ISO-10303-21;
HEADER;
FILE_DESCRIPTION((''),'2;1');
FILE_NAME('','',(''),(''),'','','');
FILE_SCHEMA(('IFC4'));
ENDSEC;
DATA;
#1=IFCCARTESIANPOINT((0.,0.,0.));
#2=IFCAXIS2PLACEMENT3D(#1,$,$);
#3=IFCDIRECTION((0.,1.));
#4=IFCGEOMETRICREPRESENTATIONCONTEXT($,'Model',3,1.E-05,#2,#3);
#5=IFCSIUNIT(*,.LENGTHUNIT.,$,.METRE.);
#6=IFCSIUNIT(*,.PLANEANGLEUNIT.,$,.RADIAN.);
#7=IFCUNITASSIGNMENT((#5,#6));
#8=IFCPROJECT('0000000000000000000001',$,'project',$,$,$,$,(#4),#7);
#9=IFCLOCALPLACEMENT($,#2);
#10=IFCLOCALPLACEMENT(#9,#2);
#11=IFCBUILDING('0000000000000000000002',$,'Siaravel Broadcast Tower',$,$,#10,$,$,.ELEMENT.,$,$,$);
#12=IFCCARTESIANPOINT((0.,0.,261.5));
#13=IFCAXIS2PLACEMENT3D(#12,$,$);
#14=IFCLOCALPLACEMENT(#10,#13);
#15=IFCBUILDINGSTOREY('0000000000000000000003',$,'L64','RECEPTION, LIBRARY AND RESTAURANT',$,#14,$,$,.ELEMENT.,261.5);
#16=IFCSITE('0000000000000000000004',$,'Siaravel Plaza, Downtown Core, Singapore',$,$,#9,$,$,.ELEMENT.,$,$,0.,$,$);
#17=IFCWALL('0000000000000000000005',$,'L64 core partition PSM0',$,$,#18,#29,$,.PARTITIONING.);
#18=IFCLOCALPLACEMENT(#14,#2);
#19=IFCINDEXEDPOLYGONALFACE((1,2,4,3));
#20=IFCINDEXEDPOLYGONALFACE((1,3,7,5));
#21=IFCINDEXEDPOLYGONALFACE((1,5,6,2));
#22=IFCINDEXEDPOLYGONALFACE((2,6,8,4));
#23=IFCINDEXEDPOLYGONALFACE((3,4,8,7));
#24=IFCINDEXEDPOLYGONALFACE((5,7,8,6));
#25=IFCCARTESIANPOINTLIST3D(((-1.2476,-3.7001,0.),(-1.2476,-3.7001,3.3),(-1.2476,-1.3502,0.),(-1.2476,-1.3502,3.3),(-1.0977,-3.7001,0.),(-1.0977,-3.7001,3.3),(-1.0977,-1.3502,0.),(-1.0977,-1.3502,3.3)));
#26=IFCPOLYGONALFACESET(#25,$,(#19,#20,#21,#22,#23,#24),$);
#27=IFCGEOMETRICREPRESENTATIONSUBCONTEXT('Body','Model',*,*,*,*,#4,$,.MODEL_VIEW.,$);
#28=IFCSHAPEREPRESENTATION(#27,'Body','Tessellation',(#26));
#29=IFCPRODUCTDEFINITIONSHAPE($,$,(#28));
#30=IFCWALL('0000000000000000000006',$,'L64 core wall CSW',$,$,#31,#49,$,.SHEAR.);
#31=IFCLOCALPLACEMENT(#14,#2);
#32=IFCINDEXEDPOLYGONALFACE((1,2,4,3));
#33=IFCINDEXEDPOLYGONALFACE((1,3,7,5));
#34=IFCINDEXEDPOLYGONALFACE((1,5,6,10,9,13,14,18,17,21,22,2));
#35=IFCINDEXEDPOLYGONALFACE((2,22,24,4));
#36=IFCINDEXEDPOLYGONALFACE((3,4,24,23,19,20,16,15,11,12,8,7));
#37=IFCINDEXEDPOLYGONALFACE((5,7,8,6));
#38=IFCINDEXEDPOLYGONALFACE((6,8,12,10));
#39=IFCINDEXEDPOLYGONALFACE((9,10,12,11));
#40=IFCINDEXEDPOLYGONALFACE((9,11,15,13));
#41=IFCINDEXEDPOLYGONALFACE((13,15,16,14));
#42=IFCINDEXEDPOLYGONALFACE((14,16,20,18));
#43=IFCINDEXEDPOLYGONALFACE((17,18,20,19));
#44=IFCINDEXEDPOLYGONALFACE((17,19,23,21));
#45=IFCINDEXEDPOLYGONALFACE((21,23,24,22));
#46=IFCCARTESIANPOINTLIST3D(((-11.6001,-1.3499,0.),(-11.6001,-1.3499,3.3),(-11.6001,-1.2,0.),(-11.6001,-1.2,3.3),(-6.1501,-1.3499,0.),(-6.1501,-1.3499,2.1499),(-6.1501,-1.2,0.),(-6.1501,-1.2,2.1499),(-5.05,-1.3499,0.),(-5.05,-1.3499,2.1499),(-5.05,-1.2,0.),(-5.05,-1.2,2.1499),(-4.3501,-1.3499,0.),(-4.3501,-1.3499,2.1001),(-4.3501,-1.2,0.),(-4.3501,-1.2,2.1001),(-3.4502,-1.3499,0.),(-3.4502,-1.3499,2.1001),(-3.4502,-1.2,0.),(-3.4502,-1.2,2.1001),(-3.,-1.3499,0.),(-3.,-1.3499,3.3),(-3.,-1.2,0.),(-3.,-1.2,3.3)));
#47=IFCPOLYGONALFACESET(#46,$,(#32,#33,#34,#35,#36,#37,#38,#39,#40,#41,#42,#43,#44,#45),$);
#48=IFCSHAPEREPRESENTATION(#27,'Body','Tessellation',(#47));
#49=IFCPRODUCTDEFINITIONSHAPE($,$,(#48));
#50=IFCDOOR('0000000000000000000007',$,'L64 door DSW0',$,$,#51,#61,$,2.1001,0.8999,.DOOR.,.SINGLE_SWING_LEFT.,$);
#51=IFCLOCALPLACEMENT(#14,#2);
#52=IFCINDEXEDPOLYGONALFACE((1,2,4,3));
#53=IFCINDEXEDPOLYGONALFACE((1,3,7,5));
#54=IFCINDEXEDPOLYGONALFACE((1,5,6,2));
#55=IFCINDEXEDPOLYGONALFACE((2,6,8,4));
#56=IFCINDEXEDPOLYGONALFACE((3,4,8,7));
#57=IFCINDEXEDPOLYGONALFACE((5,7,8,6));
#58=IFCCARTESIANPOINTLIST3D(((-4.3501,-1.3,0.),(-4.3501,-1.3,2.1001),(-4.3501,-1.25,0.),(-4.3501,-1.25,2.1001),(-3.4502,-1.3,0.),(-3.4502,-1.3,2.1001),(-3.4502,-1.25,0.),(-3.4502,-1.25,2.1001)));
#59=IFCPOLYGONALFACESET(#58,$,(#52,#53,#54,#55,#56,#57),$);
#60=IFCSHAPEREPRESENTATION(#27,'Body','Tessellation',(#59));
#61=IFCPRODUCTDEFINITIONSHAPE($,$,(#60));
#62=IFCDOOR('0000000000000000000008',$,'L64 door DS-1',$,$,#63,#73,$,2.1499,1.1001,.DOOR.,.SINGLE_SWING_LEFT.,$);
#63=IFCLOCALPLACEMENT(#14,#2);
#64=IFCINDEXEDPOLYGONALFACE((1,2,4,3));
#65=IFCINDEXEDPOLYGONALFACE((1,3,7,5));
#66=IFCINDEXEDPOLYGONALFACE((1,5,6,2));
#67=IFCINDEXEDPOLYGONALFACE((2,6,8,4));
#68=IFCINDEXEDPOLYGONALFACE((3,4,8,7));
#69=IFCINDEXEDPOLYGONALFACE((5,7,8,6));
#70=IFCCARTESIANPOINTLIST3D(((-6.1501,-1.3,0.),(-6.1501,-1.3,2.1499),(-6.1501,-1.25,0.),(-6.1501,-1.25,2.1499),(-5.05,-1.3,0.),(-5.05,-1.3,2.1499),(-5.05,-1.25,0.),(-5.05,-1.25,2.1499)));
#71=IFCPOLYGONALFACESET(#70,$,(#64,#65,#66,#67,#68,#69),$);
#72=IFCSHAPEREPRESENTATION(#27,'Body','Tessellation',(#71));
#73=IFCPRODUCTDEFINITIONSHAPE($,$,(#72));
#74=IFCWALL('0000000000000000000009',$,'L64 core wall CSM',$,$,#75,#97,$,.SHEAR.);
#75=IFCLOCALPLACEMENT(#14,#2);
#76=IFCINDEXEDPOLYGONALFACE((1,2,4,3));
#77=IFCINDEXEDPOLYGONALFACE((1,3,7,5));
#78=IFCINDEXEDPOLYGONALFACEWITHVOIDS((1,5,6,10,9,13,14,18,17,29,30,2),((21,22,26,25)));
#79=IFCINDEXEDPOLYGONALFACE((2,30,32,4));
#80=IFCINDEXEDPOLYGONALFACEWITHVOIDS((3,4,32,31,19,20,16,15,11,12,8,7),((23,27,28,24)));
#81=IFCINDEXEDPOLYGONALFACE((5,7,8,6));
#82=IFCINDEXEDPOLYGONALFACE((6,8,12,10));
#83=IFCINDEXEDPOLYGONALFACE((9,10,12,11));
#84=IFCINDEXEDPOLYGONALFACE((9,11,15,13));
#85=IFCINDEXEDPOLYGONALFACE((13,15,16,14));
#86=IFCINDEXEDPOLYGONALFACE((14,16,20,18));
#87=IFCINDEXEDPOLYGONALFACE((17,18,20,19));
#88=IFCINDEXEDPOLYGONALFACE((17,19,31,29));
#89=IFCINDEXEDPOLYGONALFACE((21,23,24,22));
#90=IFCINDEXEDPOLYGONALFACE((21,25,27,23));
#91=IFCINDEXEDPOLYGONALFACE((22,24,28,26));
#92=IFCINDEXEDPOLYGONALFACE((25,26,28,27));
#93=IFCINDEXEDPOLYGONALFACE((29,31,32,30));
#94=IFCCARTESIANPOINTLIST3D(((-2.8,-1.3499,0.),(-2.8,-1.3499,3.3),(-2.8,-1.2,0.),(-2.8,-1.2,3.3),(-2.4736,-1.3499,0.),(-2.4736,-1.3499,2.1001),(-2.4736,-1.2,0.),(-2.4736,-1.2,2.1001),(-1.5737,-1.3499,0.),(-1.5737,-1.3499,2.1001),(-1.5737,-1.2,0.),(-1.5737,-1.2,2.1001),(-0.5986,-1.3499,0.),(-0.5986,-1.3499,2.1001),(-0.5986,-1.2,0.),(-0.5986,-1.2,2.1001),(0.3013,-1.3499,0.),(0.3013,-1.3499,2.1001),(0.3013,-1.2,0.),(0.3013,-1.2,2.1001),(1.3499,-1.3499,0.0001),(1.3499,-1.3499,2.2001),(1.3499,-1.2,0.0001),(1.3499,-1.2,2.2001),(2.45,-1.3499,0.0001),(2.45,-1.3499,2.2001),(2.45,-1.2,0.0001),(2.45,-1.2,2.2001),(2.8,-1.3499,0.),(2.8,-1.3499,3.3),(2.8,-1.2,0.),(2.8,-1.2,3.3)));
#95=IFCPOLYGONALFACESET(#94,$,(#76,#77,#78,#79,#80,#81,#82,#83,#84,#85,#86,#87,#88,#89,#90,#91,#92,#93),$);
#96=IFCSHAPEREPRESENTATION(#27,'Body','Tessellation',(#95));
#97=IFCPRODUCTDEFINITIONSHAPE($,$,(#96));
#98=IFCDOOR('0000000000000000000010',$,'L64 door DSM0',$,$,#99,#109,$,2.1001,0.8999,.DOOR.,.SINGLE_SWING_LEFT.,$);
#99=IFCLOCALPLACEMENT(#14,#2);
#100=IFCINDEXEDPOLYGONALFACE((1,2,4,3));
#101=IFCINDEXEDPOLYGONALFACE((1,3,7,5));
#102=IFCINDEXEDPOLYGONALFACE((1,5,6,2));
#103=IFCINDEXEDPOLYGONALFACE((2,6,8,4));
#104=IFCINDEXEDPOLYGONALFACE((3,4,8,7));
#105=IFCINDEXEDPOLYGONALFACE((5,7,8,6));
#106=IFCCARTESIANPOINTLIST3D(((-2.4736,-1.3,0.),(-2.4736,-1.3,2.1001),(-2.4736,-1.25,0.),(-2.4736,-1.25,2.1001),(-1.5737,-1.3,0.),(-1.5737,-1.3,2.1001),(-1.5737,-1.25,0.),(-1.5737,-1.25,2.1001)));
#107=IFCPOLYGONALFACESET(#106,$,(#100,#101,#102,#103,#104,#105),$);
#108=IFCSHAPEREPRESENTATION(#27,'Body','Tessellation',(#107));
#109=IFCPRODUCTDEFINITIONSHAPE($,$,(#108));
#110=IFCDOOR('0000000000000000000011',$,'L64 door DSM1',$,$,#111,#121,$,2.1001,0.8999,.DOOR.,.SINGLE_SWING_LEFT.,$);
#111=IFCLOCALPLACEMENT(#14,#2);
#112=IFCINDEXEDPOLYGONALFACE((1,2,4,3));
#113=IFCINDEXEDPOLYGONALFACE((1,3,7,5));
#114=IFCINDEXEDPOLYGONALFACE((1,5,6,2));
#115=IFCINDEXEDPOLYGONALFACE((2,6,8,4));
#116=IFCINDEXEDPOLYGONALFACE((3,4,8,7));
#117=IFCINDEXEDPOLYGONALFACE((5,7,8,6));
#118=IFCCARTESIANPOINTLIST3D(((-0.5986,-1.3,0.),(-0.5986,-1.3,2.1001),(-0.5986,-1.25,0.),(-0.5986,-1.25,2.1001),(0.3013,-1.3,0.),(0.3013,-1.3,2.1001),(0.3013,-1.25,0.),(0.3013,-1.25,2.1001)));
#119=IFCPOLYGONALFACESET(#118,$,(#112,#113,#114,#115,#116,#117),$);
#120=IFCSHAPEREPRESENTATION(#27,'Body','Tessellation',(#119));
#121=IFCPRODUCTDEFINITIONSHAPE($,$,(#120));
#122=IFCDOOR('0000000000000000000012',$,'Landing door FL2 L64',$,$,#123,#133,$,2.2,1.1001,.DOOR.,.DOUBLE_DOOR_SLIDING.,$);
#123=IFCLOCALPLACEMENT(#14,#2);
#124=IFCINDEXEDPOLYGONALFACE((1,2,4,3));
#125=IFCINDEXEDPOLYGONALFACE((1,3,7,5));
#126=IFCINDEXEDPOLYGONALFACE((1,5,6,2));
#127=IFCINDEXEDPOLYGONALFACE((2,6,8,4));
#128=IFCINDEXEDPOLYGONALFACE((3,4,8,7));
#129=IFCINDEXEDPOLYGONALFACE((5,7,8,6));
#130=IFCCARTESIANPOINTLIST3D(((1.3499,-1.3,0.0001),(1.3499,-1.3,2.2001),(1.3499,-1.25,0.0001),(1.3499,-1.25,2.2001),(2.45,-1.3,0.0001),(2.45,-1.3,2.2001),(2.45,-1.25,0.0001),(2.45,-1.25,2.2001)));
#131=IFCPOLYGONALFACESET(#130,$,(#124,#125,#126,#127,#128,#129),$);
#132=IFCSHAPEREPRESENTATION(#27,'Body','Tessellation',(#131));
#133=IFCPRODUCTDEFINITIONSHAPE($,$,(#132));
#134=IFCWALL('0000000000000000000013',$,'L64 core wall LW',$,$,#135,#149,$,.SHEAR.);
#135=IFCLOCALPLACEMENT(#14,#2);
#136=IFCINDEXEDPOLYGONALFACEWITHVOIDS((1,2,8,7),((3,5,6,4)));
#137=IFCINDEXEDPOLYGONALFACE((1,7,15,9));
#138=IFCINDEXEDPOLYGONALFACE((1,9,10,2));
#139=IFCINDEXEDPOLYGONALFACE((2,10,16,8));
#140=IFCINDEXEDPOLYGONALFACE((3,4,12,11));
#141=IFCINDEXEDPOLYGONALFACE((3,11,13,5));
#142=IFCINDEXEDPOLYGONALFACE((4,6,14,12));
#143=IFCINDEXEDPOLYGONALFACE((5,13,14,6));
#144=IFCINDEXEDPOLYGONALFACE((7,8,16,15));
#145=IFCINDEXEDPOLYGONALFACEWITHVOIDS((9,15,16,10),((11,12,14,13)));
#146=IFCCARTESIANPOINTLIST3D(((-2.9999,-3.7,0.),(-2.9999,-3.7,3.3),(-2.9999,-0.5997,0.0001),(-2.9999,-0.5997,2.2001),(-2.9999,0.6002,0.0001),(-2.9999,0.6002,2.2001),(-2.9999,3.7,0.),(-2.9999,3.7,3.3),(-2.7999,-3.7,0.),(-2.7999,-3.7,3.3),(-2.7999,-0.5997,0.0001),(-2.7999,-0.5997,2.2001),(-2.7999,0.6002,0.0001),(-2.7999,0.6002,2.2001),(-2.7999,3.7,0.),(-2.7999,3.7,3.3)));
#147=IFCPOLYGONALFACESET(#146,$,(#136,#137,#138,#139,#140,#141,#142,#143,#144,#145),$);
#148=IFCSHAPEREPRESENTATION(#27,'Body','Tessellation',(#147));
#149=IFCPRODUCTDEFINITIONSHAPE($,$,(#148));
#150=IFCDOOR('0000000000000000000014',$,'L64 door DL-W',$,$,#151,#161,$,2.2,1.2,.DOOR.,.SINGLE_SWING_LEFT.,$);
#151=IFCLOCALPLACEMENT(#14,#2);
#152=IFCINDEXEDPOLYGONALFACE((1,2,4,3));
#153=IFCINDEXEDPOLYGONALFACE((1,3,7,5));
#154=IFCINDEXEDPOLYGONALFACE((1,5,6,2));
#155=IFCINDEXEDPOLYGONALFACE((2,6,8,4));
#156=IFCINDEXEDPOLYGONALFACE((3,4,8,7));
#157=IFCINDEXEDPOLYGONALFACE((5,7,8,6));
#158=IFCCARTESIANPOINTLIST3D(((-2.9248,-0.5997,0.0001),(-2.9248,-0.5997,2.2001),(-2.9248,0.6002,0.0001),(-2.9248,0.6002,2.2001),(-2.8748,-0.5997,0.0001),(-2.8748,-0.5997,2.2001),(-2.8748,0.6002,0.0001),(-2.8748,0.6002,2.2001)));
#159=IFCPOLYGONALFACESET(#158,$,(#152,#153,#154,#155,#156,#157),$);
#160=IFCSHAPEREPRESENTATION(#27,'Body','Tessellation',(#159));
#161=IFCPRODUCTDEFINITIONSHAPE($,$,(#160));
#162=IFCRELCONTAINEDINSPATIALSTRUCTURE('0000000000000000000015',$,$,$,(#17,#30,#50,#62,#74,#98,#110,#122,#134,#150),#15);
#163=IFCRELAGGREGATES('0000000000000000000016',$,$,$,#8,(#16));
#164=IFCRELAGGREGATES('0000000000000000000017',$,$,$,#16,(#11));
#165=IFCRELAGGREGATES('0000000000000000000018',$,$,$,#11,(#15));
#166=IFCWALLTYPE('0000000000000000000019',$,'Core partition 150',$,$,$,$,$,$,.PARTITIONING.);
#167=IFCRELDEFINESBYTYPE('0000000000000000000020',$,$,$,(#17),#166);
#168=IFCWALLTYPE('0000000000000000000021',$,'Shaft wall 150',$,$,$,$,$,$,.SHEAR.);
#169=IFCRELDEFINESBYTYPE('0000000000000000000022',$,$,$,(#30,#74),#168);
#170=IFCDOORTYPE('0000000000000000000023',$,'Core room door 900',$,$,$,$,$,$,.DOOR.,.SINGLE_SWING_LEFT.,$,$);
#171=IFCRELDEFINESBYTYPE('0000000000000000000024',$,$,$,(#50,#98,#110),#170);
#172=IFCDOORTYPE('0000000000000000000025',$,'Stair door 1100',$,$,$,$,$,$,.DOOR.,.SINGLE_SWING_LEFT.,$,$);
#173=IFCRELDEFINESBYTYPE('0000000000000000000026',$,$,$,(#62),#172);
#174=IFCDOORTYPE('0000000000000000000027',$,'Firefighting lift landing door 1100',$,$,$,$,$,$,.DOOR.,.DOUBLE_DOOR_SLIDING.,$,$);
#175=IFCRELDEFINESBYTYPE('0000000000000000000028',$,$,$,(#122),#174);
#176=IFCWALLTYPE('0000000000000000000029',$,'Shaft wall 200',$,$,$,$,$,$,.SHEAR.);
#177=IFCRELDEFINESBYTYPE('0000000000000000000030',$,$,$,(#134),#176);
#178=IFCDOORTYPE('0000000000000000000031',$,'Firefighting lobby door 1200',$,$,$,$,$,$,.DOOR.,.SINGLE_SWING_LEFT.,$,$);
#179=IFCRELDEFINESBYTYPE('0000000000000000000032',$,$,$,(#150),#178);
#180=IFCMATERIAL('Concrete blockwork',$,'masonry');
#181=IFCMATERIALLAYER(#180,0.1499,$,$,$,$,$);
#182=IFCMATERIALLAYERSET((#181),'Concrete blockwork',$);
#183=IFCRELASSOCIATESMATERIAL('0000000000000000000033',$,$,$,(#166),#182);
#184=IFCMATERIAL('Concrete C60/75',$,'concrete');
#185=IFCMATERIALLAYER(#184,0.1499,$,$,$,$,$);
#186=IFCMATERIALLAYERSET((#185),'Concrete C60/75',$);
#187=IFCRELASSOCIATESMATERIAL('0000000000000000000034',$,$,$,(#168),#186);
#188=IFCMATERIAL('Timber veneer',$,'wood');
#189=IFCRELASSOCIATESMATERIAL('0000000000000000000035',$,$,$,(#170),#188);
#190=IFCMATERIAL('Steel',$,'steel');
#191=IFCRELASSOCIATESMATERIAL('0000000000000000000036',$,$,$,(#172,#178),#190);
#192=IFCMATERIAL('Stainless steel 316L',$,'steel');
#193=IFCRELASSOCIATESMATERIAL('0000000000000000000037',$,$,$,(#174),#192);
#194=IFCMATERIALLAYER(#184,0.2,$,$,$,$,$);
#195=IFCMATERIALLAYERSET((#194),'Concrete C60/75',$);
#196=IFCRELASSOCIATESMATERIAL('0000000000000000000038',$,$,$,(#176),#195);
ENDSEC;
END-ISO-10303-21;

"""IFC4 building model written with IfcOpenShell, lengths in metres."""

from ifc_helpers import new_model, si_unit, direction, frame, frame_2d, origin, place, context, subcontext, project, spatial, rectangle, extrude, material, layer, layer_set, type_object, element, fill, save


model = new_model("IFC4")

# Units and contexts
model_context = context("Model", 3, precision=1e-05, world=origin(), true_north=direction((0.0, 1.0)))
body_context = subcontext(model_context, "Body", "Model", "MODEL_VIEW")
ifc_project = project(units=[si_unit("LENGTHUNIT", "METRE"), si_unit("PLANEANGLEUNIT", "RADIAN")], contexts=[model_context])

# Site, building, storey
site_placement = place(None, origin())
site = spatial("IfcSite", under=ifc_project, at=site_placement, Name="Siaravel Plaza, Downtown Core, Singapore", CompositionType="ELEMENT", RefElevation=0.0)
building_placement = place(site_placement, origin())
building = spatial("IfcBuilding", under=site, at=building_placement, Name="Siaravel Broadcast Tower", CompositionType="ELEMENT")
storey_placement = place(building_placement, frame((0.0, 0.0, 261.5)))
storey = spatial("IfcBuildingStorey", under=building, at=storey_placement, Name="L64", Description="RECEPTION, LIBRARY AND RESTAURANT", CompositionType="ELEMENT", Elevation=261.5)

# Wall
ifc_material_1 = material(Name="Concrete blockwork", Category="masonry")
ifc_layer_1 = layer(ifc_material_1, 0.1499)
ifc_layer_set_1 = layer_set([ifc_layer_1], Name="Concrete blockwork")
wall_type_1 = type_object("IfcWallType", Name="Core partition 150", PredefinedType="PARTITIONING", material=ifc_layer_set_1)
wall_1_placement = place(storey_placement, frame((-1.1726, -3.7, 0.0), z_axis=(0.0, 0.0, 1.0), x_axis=(0.0, 1.0, 0.0)))
element("IfcWall", 1, at=wall_1_placement, inside=storey, type_object=wall_type_1, Name="L64 core partition PSM0", PredefinedType="PARTITIONING", context=body_context, shape_type="SweptSolid", body=[
    extrude(rectangle(XDim=2.3499, YDim=0.1499, at=frame_2d((1.1748, 0.0))), origin(), (0.0, 0.0, 1.0), 3.3),
])

# Walls, openings, doors
ifc_material_2 = material(Name="Concrete C60/75", Category="concrete")
ifc_layer_2 = layer(ifc_material_2, 0.1499)
ifc_layer_set_2 = layer_set([ifc_layer_2], Name="Concrete C60/75")
wall_type_2 = type_object("IfcWallType", Name="Shaft wall 150", PredefinedType="SHEAR", material=ifc_layer_set_2)
wall_2_placement = place(storey_placement, frame((-11.6001, -1.2749, 0.0), z_axis=(0.0, 0.0, 1.0), x_axis=(1.0, 0.0, 0.0)))
wall_2 = element("IfcWall", 2, at=wall_2_placement, inside=storey, type_object=wall_type_2, Name="L64 core wall CSW", PredefinedType="SHEAR", context=body_context, shape_type="SweptSolid", body=[
    extrude(rectangle(XDim=8.6001, YDim=0.1499, at=frame_2d((4.3, 0.0))), origin(), (0.0, 0.0, 1.0), 3.3),
])
opening_1_placement = place(wall_2_placement, frame((5.45, 0.0, 0.0)))
opening_1 = element("IfcOpeningElement", 3, at=opening_1_placement, cuts=wall_2, PredefinedType="OPENING", context=body_context, shape_type="SweptSolid", body=[
    extrude(rectangle(XDim=1.1001, YDim=2.1499, at=frame_2d((0.55, 1.075))), frame((0.0, 0.085, 0.0), z_axis=(0.0, -1.0, 0.0), x_axis=(1.0, 0.0, 0.0)), (0.0, 0.0, 1.0), 0.1699),
])
opening_2_placement = place(wall_2_placement, frame((7.25, 0.0, 0.0)))
opening_2 = element("IfcOpeningElement", 4, at=opening_2_placement, cuts=wall_2, PredefinedType="OPENING", context=body_context, shape_type="SweptSolid", body=[
    extrude(rectangle(XDim=0.8999, YDim=2.1001, at=frame_2d((0.45, 1.05))), frame((0.0, 0.085, 0.0), z_axis=(0.0, -1.0, 0.0), x_axis=(1.0, 0.0, 0.0)), (0.0, 0.0, 1.0), 0.1699),
])
ifc_material_3 = material(Name="Timber veneer", Category="wood")
door_type_1 = type_object("IfcDoorType", Name="Core room door 900", OperationType="SINGLE_SWING_LEFT", PredefinedType="DOOR", material=ifc_material_3)
door_1_placement = place(opening_2_placement, origin())
door_1 = element("IfcDoor", 5, at=door_1_placement, inside=storey, type_object=door_type_1, Name="L64 door DSW0", OperationType="SINGLE_SWING_LEFT", OverallHeight=2.1001, OverallWidth=0.8999, PredefinedType="DOOR", context=body_context, shape_type="SweptSolid", body=[
    extrude(rectangle(XDim=0.8999, YDim=2.1001, at=frame_2d((0.45, 1.05))), frame((0.0, 0.0249, 0.0), z_axis=(0.0, -1.0, 0.0), x_axis=(1.0, 0.0, 0.0)), (0.0, 0.0, 1.0), 0.05),
])
fill(opening_2, door_1)
ifc_material_4 = material(Name="Steel", Category="steel")
door_type_2 = type_object("IfcDoorType", Name="Stair door 1100", OperationType="SINGLE_SWING_LEFT", PredefinedType="DOOR", material=ifc_material_4)
door_2_placement = place(opening_1_placement, origin())
door_2 = element("IfcDoor", 6, at=door_2_placement, inside=storey, type_object=door_type_2, Name="L64 door DS-1", OperationType="SINGLE_SWING_LEFT", OverallHeight=2.1499, OverallWidth=1.1001, PredefinedType="DOOR", context=body_context, shape_type="SweptSolid", body=[
    extrude(rectangle(XDim=1.1001, YDim=2.1499, at=frame_2d((0.55, 1.075))), frame((0.0, 0.0249, 0.0), z_axis=(0.0, -1.0, 0.0), x_axis=(1.0, 0.0, 0.0)), (0.0, 0.0, 1.0), 0.05),
])
fill(opening_1, door_2)
wall_3_placement = place(storey_placement, frame((-2.8, -1.2749, 0.0), z_axis=(0.0, 0.0, 1.0), x_axis=(1.0, 0.0, 0.0)))
wall_3 = element("IfcWall", 7, at=wall_3_placement, inside=storey, type_object=wall_type_2, Name="L64 core wall CSM", PredefinedType="SHEAR", context=body_context, shape_type="SweptSolid", body=[
    extrude(rectangle(XDim=5.6001, YDim=0.1499, at=frame_2d((2.8, 0.0))), origin(), (0.0, 0.0, 1.0), 3.3),
])
opening_3_placement = place(wall_3_placement, frame((4.1499, 0.0, 0.0)))
opening_3 = element("IfcOpeningElement", 8, at=opening_3_placement, cuts=wall_3, PredefinedType="OPENING", context=body_context, shape_type="SweptSolid", body=[
    extrude(rectangle(XDim=1.1001, YDim=2.2, at=frame_2d((0.55, 1.1001))), frame((0.0, 0.085, 0.0), z_axis=(0.0, -1.0, 0.0), x_axis=(1.0, 0.0, 0.0)), (0.0, 0.0, 1.0), 0.1699),
])
opening_4_placement = place(wall_3_placement, frame((0.3264, 0.0, 0.0)))
opening_4 = element("IfcOpeningElement", 9, at=opening_4_placement, cuts=wall_3, PredefinedType="OPENING", context=body_context, shape_type="SweptSolid", body=[
    extrude(rectangle(XDim=0.8999, YDim=2.1001, at=frame_2d((0.45, 1.05))), frame((0.0, 0.085, 0.0), z_axis=(0.0, -1.0, 0.0), x_axis=(1.0, 0.0, 0.0)), (0.0, 0.0, 1.0), 0.1699),
])
opening_5_placement = place(wall_3_placement, frame((2.2014, 0.0, 0.0)))
opening_5 = element("IfcOpeningElement", 10, at=opening_5_placement, cuts=wall_3, PredefinedType="OPENING", context=body_context, shape_type="SweptSolid", body=[
    extrude(rectangle(XDim=0.8999, YDim=2.1001, at=frame_2d((0.45, 1.05))), frame((0.0, 0.085, 0.0), z_axis=(0.0, -1.0, 0.0), x_axis=(1.0, 0.0, 0.0)), (0.0, 0.0, 1.0), 0.1699),
])
door_3_placement = place(opening_4_placement, origin())
door_3 = element("IfcDoor", 11, at=door_3_placement, inside=storey, type_object=door_type_1, Name="L64 door DSM0", OperationType="SINGLE_SWING_LEFT", OverallHeight=2.1001, OverallWidth=0.8999, PredefinedType="DOOR", context=body_context, shape_type="SweptSolid", body=[
    extrude(rectangle(XDim=0.8999, YDim=2.1001, at=frame_2d((0.45, 1.05))), frame((0.0, 0.0249, 0.0), z_axis=(0.0, -1.0, 0.0), x_axis=(1.0, 0.0, 0.0)), (0.0, 0.0, 1.0), 0.05),
])
fill(opening_4, door_3)
door_4_placement = place(opening_5_placement, origin())
door_4 = element("IfcDoor", 12, at=door_4_placement, inside=storey, type_object=door_type_1, Name="L64 door DSM1", OperationType="SINGLE_SWING_LEFT", OverallHeight=2.1001, OverallWidth=0.8999, PredefinedType="DOOR", context=body_context, shape_type="SweptSolid", body=[
    extrude(rectangle(XDim=0.8999, YDim=2.1001, at=frame_2d((0.45, 1.05))), frame((0.0, 0.0249, 0.0), z_axis=(0.0, -1.0, 0.0), x_axis=(1.0, 0.0, 0.0)), (0.0, 0.0, 1.0), 0.05),
])
fill(opening_5, door_4)
ifc_material_5 = material(Name="Stainless steel 316L", Category="steel")
door_type_3 = type_object("IfcDoorType", Name="Firefighting lift landing door 1100", OperationType="DOUBLE_DOOR_SLIDING", PredefinedType="DOOR", material=ifc_material_5)
door_5_placement = place(opening_3_placement, origin())
door_5 = element("IfcDoor", 13, at=door_5_placement, inside=storey, type_object=door_type_3, Name="Landing door FL2 L64", OperationType="DOUBLE_DOOR_SLIDING", OverallHeight=2.2, OverallWidth=1.1001, PredefinedType="DOOR", context=body_context, shape_type="SweptSolid", body=[
    extrude(rectangle(XDim=1.1001, YDim=2.2, at=frame_2d((0.55, 1.1001))), frame((0.0, 0.0249, 0.0), z_axis=(0.0, -1.0, 0.0), x_axis=(1.0, 0.0, 0.0)), (0.0, 0.0, 1.0), 0.05),
])
fill(opening_3, door_5)

# Wall, opening, door
ifc_layer_3 = layer(ifc_material_2, 0.2)
ifc_layer_set_3 = layer_set([ifc_layer_3], Name="Concrete C60/75")
wall_type_3 = type_object("IfcWallType", Name="Shaft wall 200", PredefinedType="SHEAR", material=ifc_layer_set_3)
wall_4_placement = place(storey_placement, frame((-2.8999, -3.7, 0.0), z_axis=(0.0, 0.0, 1.0), x_axis=(0.0, 1.0, 0.0)))
wall_4 = element("IfcWall", 14, at=wall_4_placement, inside=storey, type_object=wall_type_3, Name="L64 core wall LW", PredefinedType="SHEAR", context=body_context, shape_type="SweptSolid", body=[
    extrude(rectangle(XDim=7.3999, YDim=0.2, at=frame_2d((3.7, 0.0))), origin(), (0.0, 0.0, 1.0), 3.3),
])
opening_6_placement = place(wall_4_placement, frame((3.1001, 0.0, 0.0)))
opening_6 = element("IfcOpeningElement", 15, at=opening_6_placement, cuts=wall_4, PredefinedType="OPENING", context=body_context, shape_type="SweptSolid", body=[
    extrude(rectangle(XDim=1.2, YDim=2.2, at=frame_2d((0.6001, 1.1001))), frame((0.0, 0.1099, 0.0), z_axis=(0.0, -1.0, 0.0), x_axis=(1.0, 0.0, 0.0)), (0.0, 0.0, 1.0), 0.22),
])
door_type_4 = type_object("IfcDoorType", Name="Firefighting lobby door 1200", OperationType="SINGLE_SWING_LEFT", PredefinedType="DOOR", material=ifc_material_4)
door_6_placement = place(opening_6_placement, origin())
door_6 = element("IfcDoor", 16, at=door_6_placement, inside=storey, type_object=door_type_4, Name="L64 door DL-W", OperationType="SINGLE_SWING_LEFT", OverallHeight=2.2, OverallWidth=1.2, PredefinedType="DOOR", context=body_context, shape_type="SweptSolid", body=[
    extrude(rectangle(XDim=1.2, YDim=2.2, at=frame_2d((0.6001, 1.1001))), frame((0.0, 0.0249, 0.0), z_axis=(0.0, -1.0, 0.0), x_axis=(1.0, 0.0, 0.0)), (0.0, 0.0, 1.0), 0.05),
])
fill(opening_6, door_6)

save(model, "model.ifc")
